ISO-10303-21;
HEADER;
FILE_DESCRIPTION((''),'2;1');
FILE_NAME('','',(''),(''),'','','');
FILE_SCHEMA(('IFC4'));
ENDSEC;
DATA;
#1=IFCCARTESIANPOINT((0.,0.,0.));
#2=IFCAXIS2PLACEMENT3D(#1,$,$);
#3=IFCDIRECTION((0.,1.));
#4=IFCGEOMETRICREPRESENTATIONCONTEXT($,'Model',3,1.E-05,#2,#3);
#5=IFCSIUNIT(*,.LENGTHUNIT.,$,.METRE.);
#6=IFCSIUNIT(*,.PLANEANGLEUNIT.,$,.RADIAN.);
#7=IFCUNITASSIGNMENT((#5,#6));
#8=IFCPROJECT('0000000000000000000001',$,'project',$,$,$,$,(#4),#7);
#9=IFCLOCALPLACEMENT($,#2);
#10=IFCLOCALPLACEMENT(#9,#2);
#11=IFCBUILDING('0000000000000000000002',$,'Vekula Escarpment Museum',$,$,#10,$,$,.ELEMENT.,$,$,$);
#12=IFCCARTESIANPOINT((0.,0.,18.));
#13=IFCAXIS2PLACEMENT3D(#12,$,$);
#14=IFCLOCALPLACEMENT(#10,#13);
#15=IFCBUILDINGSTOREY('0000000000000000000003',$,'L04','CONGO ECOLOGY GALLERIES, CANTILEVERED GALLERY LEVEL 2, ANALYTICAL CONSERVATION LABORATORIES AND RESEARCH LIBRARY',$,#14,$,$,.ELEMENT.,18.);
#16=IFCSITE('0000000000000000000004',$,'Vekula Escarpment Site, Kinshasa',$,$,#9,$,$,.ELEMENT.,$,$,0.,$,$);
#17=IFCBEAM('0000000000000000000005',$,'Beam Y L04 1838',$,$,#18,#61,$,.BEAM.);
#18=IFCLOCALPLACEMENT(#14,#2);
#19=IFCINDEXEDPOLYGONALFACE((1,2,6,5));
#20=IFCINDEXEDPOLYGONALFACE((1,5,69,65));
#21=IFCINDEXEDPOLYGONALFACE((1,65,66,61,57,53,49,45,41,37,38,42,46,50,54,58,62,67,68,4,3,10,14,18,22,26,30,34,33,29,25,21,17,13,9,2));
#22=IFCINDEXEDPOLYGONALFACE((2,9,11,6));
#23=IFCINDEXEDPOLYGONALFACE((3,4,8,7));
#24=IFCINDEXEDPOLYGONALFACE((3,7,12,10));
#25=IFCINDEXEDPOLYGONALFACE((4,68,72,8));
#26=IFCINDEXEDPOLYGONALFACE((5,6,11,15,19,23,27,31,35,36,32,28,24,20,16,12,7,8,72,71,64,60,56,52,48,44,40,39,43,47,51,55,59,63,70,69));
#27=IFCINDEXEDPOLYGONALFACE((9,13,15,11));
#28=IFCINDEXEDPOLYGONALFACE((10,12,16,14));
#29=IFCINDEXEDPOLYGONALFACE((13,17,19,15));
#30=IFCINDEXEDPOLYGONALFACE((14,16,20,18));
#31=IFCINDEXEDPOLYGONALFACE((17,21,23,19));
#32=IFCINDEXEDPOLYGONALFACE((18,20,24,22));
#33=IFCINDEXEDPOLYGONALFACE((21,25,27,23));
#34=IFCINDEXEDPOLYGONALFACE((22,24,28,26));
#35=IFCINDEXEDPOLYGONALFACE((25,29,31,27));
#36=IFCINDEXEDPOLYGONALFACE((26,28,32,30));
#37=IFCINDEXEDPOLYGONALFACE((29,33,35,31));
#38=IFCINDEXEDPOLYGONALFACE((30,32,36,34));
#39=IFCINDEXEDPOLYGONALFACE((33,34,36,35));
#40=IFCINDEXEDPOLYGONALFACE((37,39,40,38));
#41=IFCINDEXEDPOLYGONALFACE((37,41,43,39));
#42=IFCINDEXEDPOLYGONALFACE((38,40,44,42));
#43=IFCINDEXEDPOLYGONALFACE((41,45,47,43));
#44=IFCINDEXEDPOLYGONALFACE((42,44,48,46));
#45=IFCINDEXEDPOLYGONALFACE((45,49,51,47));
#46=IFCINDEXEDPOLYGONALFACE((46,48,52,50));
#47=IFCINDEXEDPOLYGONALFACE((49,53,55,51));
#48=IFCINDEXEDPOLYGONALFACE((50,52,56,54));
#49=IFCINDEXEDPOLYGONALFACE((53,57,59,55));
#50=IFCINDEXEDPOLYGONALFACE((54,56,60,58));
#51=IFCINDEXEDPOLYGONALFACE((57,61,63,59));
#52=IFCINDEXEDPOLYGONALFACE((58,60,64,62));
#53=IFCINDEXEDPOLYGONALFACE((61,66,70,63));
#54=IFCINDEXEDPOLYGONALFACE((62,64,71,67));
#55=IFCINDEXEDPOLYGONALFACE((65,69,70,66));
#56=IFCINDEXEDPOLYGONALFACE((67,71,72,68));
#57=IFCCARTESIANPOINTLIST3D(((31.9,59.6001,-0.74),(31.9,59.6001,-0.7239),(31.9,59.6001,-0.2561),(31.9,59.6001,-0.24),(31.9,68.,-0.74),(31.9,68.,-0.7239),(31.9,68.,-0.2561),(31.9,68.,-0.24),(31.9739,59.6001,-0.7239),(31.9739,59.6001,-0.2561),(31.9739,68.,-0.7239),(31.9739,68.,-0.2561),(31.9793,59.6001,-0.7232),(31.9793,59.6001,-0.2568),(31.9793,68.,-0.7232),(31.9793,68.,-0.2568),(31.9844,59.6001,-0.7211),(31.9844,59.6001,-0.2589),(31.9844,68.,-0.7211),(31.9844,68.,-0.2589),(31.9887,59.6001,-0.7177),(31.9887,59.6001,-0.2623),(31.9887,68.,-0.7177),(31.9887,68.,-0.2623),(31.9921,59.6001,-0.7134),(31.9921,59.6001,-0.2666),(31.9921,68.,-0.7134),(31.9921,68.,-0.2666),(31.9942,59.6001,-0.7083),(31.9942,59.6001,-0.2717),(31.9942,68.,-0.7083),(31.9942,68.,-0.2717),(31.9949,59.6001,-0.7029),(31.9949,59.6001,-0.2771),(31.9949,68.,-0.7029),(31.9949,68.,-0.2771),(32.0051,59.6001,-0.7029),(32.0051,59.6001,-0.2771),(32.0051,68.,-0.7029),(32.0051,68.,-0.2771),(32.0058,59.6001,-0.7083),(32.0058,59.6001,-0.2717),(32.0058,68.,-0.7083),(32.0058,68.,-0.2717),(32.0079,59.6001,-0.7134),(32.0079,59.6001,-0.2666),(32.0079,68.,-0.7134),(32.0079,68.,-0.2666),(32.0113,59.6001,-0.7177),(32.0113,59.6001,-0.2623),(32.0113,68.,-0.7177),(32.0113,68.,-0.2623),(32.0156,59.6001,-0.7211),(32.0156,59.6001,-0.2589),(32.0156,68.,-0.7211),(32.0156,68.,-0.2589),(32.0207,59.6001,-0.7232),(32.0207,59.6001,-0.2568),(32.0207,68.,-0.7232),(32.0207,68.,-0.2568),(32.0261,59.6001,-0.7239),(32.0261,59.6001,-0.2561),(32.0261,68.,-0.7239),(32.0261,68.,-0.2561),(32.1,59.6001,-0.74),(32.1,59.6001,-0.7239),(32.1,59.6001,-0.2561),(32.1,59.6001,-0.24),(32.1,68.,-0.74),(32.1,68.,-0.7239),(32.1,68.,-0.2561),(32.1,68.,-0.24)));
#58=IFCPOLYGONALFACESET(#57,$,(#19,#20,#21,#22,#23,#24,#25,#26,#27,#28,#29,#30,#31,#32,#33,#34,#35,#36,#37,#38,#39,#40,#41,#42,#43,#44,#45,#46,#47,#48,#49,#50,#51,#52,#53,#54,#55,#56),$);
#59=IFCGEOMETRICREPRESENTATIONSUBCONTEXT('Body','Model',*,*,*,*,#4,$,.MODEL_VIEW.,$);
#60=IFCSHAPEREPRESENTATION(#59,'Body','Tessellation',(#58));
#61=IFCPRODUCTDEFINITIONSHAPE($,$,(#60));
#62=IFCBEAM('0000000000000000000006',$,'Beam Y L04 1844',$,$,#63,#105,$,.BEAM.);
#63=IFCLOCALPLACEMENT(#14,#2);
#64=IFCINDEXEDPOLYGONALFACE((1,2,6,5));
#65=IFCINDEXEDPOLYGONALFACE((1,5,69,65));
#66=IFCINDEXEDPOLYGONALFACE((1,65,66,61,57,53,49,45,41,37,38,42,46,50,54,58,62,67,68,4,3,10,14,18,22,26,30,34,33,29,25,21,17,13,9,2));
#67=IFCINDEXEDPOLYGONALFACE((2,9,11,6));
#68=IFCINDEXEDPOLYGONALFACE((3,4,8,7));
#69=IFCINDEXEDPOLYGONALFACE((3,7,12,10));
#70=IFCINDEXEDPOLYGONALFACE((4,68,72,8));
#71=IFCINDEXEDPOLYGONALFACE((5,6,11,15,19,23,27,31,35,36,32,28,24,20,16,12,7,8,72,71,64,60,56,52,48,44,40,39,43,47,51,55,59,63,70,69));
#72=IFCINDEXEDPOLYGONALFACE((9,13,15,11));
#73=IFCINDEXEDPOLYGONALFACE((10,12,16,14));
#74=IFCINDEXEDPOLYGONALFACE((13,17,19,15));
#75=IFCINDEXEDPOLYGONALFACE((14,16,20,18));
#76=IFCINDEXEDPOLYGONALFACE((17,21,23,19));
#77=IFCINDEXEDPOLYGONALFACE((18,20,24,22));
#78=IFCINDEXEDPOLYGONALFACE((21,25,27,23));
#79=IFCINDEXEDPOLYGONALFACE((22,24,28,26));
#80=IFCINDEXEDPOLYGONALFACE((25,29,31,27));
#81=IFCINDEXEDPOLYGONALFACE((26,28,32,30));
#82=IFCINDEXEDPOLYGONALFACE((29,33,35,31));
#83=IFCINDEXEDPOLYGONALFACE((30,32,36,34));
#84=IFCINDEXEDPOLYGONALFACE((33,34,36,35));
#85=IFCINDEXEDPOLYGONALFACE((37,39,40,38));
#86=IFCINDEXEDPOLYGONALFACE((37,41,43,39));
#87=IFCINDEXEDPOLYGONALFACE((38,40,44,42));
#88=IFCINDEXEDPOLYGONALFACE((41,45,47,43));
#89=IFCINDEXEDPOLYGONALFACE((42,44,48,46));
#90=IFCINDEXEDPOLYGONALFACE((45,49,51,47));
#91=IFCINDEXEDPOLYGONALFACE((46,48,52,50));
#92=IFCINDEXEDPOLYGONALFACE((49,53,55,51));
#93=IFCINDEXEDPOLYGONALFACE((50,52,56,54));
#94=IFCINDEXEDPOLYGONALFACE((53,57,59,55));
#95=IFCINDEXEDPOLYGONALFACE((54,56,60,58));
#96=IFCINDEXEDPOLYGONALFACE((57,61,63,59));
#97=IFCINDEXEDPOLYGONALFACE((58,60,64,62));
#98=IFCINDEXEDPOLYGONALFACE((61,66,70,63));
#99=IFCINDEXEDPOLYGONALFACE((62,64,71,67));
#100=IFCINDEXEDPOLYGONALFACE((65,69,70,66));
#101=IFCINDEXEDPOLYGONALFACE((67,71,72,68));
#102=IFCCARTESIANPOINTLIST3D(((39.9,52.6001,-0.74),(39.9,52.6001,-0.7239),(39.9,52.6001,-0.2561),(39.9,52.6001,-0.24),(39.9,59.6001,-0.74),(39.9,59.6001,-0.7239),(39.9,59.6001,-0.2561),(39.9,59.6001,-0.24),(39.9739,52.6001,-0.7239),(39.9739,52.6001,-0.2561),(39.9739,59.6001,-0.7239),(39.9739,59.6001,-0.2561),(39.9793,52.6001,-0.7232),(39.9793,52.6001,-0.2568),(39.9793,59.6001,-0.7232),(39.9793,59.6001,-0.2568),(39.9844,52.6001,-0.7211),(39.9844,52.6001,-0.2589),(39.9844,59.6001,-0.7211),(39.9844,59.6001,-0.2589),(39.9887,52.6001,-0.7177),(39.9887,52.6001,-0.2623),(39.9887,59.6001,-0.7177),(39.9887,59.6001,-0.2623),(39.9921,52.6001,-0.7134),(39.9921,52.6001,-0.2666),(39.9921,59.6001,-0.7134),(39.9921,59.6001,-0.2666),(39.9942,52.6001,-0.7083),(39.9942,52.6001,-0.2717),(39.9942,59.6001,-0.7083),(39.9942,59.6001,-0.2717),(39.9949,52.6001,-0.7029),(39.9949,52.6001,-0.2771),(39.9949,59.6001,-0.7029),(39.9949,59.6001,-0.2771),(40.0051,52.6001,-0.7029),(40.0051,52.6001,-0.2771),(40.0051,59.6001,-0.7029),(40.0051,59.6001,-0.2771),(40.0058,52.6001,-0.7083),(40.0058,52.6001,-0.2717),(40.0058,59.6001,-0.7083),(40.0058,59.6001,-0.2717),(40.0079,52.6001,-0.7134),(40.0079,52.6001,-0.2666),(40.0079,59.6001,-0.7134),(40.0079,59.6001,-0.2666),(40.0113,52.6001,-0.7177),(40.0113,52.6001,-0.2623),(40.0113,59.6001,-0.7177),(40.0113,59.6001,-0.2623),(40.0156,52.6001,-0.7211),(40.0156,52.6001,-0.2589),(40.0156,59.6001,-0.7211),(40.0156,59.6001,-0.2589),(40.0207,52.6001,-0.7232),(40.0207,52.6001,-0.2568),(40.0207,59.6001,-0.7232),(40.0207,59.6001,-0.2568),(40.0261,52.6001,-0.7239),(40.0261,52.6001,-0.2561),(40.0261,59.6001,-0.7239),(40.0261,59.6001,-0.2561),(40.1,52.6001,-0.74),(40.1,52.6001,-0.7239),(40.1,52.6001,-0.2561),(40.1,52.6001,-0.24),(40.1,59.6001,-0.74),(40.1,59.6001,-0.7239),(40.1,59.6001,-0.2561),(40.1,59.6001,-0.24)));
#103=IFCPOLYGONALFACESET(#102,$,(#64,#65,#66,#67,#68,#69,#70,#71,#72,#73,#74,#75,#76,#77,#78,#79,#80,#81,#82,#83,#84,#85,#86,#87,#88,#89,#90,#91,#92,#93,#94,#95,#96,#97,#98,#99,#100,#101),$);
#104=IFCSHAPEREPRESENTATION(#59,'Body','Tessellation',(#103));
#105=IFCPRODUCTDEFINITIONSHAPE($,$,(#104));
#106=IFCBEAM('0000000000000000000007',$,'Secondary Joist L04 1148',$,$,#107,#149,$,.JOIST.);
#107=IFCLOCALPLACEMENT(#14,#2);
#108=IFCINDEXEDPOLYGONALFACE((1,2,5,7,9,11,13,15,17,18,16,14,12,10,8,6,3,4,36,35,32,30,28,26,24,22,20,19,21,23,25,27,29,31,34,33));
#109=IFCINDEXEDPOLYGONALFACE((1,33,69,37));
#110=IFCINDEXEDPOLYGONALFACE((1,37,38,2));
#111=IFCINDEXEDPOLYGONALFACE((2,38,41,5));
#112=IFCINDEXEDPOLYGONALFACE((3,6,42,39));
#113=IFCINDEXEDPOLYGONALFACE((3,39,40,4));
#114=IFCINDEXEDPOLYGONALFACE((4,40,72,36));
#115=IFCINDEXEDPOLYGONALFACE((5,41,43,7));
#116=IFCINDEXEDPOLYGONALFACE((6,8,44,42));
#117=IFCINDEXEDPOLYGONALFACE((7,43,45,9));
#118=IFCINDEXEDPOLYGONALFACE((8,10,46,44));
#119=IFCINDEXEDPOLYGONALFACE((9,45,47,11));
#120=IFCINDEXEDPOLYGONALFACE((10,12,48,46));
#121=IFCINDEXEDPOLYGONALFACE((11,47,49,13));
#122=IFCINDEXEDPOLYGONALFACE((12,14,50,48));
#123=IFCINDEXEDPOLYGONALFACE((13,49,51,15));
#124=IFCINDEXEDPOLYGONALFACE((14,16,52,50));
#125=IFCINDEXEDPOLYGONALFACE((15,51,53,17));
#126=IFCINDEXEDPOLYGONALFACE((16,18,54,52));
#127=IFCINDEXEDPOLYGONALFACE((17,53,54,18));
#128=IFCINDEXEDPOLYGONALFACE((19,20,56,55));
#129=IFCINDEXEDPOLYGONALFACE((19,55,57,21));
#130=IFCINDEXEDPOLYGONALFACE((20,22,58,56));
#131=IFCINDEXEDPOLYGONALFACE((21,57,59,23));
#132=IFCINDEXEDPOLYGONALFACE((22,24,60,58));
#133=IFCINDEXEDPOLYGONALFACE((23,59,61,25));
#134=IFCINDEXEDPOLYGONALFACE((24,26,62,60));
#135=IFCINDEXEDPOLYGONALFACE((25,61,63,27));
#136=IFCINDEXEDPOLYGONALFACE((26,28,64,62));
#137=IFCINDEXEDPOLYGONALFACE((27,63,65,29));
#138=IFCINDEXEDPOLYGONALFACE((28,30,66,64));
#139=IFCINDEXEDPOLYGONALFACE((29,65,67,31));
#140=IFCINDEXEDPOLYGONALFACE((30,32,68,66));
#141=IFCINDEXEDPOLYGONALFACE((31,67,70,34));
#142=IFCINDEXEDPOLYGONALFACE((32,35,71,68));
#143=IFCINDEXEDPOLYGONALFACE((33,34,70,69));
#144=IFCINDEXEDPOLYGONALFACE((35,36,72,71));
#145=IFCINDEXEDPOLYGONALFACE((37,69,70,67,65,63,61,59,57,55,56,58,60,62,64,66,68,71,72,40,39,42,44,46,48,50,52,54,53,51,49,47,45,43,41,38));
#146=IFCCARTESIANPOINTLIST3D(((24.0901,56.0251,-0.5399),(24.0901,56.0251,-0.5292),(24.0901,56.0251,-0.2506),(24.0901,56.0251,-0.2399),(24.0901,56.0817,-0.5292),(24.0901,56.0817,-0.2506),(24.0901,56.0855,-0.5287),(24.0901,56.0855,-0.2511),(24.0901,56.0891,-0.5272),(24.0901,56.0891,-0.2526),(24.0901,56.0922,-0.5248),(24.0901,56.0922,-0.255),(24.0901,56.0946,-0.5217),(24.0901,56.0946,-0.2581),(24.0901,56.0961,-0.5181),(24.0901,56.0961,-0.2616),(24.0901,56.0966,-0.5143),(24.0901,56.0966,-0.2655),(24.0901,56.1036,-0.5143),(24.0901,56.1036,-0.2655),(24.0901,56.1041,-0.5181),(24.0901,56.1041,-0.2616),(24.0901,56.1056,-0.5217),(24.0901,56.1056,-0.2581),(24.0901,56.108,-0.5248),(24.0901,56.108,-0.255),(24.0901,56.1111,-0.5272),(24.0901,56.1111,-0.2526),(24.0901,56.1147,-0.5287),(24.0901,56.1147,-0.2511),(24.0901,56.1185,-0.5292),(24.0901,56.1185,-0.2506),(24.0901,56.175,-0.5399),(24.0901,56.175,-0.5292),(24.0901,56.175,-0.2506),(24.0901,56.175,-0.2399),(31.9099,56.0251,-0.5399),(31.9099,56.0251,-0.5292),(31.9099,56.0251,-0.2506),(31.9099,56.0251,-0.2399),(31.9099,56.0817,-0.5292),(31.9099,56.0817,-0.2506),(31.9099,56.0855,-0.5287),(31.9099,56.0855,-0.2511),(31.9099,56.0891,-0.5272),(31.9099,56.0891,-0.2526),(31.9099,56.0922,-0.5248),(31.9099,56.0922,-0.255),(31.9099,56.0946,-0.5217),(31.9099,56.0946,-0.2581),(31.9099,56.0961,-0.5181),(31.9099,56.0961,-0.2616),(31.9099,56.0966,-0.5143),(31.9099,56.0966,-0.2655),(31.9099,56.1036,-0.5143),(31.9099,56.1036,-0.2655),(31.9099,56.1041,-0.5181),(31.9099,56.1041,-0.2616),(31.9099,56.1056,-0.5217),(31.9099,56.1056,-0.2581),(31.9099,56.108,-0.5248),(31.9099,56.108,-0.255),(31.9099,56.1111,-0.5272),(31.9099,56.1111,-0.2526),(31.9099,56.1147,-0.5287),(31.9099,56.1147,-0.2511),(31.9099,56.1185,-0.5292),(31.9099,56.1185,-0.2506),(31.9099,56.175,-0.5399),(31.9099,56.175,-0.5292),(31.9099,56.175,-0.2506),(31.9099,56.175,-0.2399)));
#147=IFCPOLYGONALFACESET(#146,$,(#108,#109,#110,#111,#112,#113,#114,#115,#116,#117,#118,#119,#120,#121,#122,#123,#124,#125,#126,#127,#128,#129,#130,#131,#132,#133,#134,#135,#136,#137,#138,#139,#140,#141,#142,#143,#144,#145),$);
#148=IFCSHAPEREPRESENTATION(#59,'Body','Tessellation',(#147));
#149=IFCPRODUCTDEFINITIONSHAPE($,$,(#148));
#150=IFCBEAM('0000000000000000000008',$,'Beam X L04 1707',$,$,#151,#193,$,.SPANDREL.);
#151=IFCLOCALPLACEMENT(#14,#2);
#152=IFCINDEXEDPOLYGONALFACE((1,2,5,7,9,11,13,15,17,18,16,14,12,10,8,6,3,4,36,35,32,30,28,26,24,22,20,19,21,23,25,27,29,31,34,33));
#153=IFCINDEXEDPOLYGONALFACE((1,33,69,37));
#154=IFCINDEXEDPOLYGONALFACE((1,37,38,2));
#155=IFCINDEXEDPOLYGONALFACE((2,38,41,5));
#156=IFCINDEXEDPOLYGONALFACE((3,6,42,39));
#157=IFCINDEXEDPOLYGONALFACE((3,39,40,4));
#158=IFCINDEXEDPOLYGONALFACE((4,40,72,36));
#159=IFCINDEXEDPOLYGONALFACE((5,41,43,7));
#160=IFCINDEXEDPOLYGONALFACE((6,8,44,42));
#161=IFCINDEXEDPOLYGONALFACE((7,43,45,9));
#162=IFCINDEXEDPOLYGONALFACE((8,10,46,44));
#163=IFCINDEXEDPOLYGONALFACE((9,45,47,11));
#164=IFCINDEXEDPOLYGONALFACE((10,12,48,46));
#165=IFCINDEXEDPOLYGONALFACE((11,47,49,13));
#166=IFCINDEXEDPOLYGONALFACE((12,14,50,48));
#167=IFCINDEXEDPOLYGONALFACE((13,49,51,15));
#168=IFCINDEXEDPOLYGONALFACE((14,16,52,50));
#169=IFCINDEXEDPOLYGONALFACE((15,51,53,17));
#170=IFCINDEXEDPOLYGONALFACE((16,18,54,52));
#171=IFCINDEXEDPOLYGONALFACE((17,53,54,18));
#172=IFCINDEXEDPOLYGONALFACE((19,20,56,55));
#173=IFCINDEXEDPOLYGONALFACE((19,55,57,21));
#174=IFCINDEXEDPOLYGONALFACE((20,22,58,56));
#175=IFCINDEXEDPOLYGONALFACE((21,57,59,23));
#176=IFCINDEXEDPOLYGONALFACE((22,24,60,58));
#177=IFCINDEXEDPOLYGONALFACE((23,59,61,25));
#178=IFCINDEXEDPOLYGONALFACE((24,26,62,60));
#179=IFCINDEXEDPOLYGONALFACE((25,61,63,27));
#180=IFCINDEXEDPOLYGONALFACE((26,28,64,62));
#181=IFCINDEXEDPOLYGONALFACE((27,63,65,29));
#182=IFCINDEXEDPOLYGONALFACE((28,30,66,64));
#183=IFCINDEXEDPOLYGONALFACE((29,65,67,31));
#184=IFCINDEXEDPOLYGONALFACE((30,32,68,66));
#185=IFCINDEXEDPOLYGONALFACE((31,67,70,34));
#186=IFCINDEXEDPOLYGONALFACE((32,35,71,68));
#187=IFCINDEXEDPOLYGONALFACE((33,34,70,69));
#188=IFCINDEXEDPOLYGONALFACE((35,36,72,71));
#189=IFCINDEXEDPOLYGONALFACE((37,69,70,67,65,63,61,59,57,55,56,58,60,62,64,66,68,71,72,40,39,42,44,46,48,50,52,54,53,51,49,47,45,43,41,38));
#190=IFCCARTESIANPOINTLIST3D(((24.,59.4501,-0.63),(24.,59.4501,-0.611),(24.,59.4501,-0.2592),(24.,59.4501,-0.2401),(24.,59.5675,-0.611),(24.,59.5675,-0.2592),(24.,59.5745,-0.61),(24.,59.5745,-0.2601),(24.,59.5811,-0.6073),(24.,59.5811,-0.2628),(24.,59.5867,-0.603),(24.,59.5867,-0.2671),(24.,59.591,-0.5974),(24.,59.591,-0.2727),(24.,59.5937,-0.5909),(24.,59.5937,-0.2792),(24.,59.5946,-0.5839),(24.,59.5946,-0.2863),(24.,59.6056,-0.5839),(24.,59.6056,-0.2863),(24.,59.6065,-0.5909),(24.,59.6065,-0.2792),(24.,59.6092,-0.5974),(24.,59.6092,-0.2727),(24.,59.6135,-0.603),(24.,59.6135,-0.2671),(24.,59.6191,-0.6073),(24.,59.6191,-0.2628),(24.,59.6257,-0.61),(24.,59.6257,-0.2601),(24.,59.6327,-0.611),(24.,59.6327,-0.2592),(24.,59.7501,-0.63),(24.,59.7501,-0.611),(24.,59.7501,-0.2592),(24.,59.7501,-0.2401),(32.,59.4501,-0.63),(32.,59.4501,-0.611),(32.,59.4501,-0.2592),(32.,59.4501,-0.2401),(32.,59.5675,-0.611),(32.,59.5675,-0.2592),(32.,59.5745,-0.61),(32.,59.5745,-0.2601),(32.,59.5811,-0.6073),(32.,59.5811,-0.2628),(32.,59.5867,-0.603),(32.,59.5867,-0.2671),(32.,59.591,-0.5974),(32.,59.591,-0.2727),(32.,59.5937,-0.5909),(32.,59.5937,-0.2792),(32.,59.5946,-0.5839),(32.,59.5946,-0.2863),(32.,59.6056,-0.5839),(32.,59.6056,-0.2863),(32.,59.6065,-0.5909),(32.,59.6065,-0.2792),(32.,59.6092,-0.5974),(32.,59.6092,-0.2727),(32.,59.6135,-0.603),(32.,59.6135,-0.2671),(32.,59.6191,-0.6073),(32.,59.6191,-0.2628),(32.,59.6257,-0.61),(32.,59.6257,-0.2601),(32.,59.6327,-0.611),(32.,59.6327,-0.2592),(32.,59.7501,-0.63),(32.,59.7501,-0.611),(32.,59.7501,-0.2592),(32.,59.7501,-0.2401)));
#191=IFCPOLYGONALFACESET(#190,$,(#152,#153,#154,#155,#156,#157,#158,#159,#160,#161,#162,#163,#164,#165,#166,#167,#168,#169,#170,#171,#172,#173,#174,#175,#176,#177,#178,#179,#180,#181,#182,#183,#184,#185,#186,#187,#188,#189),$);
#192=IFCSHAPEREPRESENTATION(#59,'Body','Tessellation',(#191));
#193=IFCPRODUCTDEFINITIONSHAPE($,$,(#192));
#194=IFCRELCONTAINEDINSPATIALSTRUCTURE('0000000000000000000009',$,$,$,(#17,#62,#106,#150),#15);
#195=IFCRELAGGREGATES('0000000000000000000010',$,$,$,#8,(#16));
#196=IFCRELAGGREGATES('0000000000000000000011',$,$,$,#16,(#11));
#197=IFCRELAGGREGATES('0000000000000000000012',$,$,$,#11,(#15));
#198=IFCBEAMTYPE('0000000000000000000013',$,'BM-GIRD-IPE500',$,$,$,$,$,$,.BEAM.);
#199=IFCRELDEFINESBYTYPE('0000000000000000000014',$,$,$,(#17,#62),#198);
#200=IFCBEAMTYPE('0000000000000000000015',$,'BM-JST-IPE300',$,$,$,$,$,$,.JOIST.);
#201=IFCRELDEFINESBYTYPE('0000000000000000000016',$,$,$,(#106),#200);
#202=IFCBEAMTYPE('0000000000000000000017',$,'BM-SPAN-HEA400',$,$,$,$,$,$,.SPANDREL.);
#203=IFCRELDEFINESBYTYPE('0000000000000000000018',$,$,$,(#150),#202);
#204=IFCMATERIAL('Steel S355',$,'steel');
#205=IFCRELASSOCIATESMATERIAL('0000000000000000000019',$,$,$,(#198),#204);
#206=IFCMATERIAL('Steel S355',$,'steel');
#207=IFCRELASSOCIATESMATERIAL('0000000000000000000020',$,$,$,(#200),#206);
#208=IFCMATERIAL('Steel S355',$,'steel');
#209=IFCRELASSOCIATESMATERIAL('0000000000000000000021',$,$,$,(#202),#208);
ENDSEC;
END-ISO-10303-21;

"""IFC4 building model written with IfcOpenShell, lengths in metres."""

from ifc_helpers import new_model, si_unit, direction, frame, origin, origin_2d, place, context, subcontext, project, spatial, i_section, extrude, material, material_profile, profile_set, type_object, element, save


model = new_model("IFC4")

# Units and contexts
model_context = context("Model", 3, precision=1e-05, world=origin(), true_north=direction((0.0, 1.0)))
body_context = subcontext(model_context, "Body", "Model", "MODEL_VIEW")
ifc_project = project(units=[si_unit("LENGTHUNIT", "METRE"), si_unit("PLANEANGLEUNIT", "RADIAN")], contexts=[model_context])

# Site, building, storey
site_placement = place(None, origin())
site = spatial("IfcSite", under=ifc_project, at=site_placement, Name="Vekula Escarpment Site, Kinshasa", CompositionType="ELEMENT", RefElevation=0.0)
building_placement = place(site_placement, origin())
building = spatial("IfcBuilding", under=site, at=building_placement, Name="Vekula Escarpment Museum", CompositionType="ELEMENT")
storey_placement = place(building_placement, frame((0.0, 0.0, 18.0)))
storey = spatial("IfcBuildingStorey", under=building, at=storey_placement, Name="L04", Description="CONGO ECOLOGY GALLERIES, CANTILEVERED GALLERY LEVEL 2, ANALYTICAL CONSERVATION LABORATORIES AND RESEARCH LIBRARY", CompositionType="ELEMENT", Elevation=18.0)

# Beams
ifc_material_1 = material(Name="Steel S355", Category="steel")
ifc_material_profile_1 = material_profile(ifc_material_1, i_section(OverallWidth=0.2, OverallDepth=0.5, WebThickness=0.0103, FlangeThickness=0.0161, FilletRadius=0.021, at=origin_2d()), Name="IPE 500")
ifc_profile_set_1 = profile_set([ifc_material_profile_1], Name="Steel S355")
beam_type_1 = type_object("IfcBeamType", Name="BM-GIRD-IPE500", PredefinedType="BEAM", material=ifc_profile_set_1)
beam_1_placement = place(storey_placement, frame((32.0, 59.6001, -0.49), z_axis=(0.0, 1.0, 0.0), x_axis=(-1.0, 0.0, 0.0)))
element("IfcBeam", 1, at=beam_1_placement, inside=storey, type_object=beam_type_1, Name="Beam Y L04 1838", PredefinedType="BEAM", context=body_context, shape_type="SweptSolid", body=[
    extrude(i_section(OverallWidth=0.2, OverallDepth=0.5, WebThickness=0.0103, FlangeThickness=0.0161, FilletRadius=0.021, at=origin_2d()), origin(), (0.0, 0.0, 1.0), 8.3999),
])
beam_2_placement = place(storey_placement, frame((40.0, 52.6001, -0.49), z_axis=(0.0, 1.0, 0.0), x_axis=(-1.0, 0.0, 0.0)))
element("IfcBeam", 2, at=beam_2_placement, inside=storey, type_object=beam_type_1, Name="Beam Y L04 1844", PredefinedType="BEAM", context=body_context, shape_type="SweptSolid", body=[
    extrude(i_section(OverallWidth=0.2, OverallDepth=0.5, WebThickness=0.0103, FlangeThickness=0.0161, FilletRadius=0.021, at=origin_2d()), origin(), (0.0, 0.0, 1.0), 7.0),
])
ifc_material_2 = material(Name="Steel S355", Category="steel")
ifc_material_profile_2 = material_profile(ifc_material_2, i_section(OverallWidth=0.1499, OverallDepth=0.3, WebThickness=0.0071, FlangeThickness=0.0107, FilletRadius=0.0149, at=origin_2d()), Name="IPE 300")
ifc_profile_set_2 = profile_set([ifc_material_profile_2], Name="Steel S355")
beam_type_2 = type_object("IfcBeamType", Name="BM-JST-IPE300", PredefinedType="JOIST", material=ifc_profile_set_2)
beam_3_placement = place(storey_placement, frame((24.0901, 56.1001, -0.3899), z_axis=(1.0, 0.0, 0.0), x_axis=(0.0, 1.0, 0.0)))
element("IfcBeam", 3, at=beam_3_placement, inside=storey, type_object=beam_type_2, Name="Secondary Joist L04 1148", PredefinedType="JOIST", context=body_context, shape_type="SweptSolid", body=[
    extrude(i_section(OverallWidth=0.1499, OverallDepth=0.3, WebThickness=0.0071, FlangeThickness=0.0107, FilletRadius=0.0149, at=origin_2d()), origin(), (0.0, 0.0, 1.0), 7.8198),
])
ifc_material_3 = material(Name="Steel S355", Category="steel")
ifc_material_profile_3 = material_profile(ifc_material_3, i_section(OverallWidth=0.3, OverallDepth=0.3899, WebThickness=0.011, FlangeThickness=0.019, FilletRadius=0.0271, at=origin_2d()), Name="HEA 400")
ifc_profile_set_3 = profile_set([ifc_material_profile_3], Name="Steel S355")
beam_type_3 = type_object("IfcBeamType", Name="BM-SPAN-HEA400", PredefinedType="SPANDREL", material=ifc_profile_set_3)
for number, where, z_axis, x_axis, name in (
    (4, (24.0, 59.6001, -0.4351), (1.0, 0.0, 0.0), (0.0, 1.0, 0.0), "Beam X L04 1707"),
):
    element("IfcBeam", number, at=place(storey_placement, frame(where, z_axis=z_axis, x_axis=x_axis)), inside=storey, type_object=beam_type_3, Name=name, PredefinedType="SPANDREL", context=body_context, shape_type="SweptSolid", body=[
        extrude(i_section(OverallWidth=0.3, OverallDepth=0.3899, WebThickness=0.011, FlangeThickness=0.019, FilletRadius=0.0271, at=origin_2d()), origin(), (0.0, 0.0, 1.0), 8.0),
    ])

save(model, "model.ifc")
